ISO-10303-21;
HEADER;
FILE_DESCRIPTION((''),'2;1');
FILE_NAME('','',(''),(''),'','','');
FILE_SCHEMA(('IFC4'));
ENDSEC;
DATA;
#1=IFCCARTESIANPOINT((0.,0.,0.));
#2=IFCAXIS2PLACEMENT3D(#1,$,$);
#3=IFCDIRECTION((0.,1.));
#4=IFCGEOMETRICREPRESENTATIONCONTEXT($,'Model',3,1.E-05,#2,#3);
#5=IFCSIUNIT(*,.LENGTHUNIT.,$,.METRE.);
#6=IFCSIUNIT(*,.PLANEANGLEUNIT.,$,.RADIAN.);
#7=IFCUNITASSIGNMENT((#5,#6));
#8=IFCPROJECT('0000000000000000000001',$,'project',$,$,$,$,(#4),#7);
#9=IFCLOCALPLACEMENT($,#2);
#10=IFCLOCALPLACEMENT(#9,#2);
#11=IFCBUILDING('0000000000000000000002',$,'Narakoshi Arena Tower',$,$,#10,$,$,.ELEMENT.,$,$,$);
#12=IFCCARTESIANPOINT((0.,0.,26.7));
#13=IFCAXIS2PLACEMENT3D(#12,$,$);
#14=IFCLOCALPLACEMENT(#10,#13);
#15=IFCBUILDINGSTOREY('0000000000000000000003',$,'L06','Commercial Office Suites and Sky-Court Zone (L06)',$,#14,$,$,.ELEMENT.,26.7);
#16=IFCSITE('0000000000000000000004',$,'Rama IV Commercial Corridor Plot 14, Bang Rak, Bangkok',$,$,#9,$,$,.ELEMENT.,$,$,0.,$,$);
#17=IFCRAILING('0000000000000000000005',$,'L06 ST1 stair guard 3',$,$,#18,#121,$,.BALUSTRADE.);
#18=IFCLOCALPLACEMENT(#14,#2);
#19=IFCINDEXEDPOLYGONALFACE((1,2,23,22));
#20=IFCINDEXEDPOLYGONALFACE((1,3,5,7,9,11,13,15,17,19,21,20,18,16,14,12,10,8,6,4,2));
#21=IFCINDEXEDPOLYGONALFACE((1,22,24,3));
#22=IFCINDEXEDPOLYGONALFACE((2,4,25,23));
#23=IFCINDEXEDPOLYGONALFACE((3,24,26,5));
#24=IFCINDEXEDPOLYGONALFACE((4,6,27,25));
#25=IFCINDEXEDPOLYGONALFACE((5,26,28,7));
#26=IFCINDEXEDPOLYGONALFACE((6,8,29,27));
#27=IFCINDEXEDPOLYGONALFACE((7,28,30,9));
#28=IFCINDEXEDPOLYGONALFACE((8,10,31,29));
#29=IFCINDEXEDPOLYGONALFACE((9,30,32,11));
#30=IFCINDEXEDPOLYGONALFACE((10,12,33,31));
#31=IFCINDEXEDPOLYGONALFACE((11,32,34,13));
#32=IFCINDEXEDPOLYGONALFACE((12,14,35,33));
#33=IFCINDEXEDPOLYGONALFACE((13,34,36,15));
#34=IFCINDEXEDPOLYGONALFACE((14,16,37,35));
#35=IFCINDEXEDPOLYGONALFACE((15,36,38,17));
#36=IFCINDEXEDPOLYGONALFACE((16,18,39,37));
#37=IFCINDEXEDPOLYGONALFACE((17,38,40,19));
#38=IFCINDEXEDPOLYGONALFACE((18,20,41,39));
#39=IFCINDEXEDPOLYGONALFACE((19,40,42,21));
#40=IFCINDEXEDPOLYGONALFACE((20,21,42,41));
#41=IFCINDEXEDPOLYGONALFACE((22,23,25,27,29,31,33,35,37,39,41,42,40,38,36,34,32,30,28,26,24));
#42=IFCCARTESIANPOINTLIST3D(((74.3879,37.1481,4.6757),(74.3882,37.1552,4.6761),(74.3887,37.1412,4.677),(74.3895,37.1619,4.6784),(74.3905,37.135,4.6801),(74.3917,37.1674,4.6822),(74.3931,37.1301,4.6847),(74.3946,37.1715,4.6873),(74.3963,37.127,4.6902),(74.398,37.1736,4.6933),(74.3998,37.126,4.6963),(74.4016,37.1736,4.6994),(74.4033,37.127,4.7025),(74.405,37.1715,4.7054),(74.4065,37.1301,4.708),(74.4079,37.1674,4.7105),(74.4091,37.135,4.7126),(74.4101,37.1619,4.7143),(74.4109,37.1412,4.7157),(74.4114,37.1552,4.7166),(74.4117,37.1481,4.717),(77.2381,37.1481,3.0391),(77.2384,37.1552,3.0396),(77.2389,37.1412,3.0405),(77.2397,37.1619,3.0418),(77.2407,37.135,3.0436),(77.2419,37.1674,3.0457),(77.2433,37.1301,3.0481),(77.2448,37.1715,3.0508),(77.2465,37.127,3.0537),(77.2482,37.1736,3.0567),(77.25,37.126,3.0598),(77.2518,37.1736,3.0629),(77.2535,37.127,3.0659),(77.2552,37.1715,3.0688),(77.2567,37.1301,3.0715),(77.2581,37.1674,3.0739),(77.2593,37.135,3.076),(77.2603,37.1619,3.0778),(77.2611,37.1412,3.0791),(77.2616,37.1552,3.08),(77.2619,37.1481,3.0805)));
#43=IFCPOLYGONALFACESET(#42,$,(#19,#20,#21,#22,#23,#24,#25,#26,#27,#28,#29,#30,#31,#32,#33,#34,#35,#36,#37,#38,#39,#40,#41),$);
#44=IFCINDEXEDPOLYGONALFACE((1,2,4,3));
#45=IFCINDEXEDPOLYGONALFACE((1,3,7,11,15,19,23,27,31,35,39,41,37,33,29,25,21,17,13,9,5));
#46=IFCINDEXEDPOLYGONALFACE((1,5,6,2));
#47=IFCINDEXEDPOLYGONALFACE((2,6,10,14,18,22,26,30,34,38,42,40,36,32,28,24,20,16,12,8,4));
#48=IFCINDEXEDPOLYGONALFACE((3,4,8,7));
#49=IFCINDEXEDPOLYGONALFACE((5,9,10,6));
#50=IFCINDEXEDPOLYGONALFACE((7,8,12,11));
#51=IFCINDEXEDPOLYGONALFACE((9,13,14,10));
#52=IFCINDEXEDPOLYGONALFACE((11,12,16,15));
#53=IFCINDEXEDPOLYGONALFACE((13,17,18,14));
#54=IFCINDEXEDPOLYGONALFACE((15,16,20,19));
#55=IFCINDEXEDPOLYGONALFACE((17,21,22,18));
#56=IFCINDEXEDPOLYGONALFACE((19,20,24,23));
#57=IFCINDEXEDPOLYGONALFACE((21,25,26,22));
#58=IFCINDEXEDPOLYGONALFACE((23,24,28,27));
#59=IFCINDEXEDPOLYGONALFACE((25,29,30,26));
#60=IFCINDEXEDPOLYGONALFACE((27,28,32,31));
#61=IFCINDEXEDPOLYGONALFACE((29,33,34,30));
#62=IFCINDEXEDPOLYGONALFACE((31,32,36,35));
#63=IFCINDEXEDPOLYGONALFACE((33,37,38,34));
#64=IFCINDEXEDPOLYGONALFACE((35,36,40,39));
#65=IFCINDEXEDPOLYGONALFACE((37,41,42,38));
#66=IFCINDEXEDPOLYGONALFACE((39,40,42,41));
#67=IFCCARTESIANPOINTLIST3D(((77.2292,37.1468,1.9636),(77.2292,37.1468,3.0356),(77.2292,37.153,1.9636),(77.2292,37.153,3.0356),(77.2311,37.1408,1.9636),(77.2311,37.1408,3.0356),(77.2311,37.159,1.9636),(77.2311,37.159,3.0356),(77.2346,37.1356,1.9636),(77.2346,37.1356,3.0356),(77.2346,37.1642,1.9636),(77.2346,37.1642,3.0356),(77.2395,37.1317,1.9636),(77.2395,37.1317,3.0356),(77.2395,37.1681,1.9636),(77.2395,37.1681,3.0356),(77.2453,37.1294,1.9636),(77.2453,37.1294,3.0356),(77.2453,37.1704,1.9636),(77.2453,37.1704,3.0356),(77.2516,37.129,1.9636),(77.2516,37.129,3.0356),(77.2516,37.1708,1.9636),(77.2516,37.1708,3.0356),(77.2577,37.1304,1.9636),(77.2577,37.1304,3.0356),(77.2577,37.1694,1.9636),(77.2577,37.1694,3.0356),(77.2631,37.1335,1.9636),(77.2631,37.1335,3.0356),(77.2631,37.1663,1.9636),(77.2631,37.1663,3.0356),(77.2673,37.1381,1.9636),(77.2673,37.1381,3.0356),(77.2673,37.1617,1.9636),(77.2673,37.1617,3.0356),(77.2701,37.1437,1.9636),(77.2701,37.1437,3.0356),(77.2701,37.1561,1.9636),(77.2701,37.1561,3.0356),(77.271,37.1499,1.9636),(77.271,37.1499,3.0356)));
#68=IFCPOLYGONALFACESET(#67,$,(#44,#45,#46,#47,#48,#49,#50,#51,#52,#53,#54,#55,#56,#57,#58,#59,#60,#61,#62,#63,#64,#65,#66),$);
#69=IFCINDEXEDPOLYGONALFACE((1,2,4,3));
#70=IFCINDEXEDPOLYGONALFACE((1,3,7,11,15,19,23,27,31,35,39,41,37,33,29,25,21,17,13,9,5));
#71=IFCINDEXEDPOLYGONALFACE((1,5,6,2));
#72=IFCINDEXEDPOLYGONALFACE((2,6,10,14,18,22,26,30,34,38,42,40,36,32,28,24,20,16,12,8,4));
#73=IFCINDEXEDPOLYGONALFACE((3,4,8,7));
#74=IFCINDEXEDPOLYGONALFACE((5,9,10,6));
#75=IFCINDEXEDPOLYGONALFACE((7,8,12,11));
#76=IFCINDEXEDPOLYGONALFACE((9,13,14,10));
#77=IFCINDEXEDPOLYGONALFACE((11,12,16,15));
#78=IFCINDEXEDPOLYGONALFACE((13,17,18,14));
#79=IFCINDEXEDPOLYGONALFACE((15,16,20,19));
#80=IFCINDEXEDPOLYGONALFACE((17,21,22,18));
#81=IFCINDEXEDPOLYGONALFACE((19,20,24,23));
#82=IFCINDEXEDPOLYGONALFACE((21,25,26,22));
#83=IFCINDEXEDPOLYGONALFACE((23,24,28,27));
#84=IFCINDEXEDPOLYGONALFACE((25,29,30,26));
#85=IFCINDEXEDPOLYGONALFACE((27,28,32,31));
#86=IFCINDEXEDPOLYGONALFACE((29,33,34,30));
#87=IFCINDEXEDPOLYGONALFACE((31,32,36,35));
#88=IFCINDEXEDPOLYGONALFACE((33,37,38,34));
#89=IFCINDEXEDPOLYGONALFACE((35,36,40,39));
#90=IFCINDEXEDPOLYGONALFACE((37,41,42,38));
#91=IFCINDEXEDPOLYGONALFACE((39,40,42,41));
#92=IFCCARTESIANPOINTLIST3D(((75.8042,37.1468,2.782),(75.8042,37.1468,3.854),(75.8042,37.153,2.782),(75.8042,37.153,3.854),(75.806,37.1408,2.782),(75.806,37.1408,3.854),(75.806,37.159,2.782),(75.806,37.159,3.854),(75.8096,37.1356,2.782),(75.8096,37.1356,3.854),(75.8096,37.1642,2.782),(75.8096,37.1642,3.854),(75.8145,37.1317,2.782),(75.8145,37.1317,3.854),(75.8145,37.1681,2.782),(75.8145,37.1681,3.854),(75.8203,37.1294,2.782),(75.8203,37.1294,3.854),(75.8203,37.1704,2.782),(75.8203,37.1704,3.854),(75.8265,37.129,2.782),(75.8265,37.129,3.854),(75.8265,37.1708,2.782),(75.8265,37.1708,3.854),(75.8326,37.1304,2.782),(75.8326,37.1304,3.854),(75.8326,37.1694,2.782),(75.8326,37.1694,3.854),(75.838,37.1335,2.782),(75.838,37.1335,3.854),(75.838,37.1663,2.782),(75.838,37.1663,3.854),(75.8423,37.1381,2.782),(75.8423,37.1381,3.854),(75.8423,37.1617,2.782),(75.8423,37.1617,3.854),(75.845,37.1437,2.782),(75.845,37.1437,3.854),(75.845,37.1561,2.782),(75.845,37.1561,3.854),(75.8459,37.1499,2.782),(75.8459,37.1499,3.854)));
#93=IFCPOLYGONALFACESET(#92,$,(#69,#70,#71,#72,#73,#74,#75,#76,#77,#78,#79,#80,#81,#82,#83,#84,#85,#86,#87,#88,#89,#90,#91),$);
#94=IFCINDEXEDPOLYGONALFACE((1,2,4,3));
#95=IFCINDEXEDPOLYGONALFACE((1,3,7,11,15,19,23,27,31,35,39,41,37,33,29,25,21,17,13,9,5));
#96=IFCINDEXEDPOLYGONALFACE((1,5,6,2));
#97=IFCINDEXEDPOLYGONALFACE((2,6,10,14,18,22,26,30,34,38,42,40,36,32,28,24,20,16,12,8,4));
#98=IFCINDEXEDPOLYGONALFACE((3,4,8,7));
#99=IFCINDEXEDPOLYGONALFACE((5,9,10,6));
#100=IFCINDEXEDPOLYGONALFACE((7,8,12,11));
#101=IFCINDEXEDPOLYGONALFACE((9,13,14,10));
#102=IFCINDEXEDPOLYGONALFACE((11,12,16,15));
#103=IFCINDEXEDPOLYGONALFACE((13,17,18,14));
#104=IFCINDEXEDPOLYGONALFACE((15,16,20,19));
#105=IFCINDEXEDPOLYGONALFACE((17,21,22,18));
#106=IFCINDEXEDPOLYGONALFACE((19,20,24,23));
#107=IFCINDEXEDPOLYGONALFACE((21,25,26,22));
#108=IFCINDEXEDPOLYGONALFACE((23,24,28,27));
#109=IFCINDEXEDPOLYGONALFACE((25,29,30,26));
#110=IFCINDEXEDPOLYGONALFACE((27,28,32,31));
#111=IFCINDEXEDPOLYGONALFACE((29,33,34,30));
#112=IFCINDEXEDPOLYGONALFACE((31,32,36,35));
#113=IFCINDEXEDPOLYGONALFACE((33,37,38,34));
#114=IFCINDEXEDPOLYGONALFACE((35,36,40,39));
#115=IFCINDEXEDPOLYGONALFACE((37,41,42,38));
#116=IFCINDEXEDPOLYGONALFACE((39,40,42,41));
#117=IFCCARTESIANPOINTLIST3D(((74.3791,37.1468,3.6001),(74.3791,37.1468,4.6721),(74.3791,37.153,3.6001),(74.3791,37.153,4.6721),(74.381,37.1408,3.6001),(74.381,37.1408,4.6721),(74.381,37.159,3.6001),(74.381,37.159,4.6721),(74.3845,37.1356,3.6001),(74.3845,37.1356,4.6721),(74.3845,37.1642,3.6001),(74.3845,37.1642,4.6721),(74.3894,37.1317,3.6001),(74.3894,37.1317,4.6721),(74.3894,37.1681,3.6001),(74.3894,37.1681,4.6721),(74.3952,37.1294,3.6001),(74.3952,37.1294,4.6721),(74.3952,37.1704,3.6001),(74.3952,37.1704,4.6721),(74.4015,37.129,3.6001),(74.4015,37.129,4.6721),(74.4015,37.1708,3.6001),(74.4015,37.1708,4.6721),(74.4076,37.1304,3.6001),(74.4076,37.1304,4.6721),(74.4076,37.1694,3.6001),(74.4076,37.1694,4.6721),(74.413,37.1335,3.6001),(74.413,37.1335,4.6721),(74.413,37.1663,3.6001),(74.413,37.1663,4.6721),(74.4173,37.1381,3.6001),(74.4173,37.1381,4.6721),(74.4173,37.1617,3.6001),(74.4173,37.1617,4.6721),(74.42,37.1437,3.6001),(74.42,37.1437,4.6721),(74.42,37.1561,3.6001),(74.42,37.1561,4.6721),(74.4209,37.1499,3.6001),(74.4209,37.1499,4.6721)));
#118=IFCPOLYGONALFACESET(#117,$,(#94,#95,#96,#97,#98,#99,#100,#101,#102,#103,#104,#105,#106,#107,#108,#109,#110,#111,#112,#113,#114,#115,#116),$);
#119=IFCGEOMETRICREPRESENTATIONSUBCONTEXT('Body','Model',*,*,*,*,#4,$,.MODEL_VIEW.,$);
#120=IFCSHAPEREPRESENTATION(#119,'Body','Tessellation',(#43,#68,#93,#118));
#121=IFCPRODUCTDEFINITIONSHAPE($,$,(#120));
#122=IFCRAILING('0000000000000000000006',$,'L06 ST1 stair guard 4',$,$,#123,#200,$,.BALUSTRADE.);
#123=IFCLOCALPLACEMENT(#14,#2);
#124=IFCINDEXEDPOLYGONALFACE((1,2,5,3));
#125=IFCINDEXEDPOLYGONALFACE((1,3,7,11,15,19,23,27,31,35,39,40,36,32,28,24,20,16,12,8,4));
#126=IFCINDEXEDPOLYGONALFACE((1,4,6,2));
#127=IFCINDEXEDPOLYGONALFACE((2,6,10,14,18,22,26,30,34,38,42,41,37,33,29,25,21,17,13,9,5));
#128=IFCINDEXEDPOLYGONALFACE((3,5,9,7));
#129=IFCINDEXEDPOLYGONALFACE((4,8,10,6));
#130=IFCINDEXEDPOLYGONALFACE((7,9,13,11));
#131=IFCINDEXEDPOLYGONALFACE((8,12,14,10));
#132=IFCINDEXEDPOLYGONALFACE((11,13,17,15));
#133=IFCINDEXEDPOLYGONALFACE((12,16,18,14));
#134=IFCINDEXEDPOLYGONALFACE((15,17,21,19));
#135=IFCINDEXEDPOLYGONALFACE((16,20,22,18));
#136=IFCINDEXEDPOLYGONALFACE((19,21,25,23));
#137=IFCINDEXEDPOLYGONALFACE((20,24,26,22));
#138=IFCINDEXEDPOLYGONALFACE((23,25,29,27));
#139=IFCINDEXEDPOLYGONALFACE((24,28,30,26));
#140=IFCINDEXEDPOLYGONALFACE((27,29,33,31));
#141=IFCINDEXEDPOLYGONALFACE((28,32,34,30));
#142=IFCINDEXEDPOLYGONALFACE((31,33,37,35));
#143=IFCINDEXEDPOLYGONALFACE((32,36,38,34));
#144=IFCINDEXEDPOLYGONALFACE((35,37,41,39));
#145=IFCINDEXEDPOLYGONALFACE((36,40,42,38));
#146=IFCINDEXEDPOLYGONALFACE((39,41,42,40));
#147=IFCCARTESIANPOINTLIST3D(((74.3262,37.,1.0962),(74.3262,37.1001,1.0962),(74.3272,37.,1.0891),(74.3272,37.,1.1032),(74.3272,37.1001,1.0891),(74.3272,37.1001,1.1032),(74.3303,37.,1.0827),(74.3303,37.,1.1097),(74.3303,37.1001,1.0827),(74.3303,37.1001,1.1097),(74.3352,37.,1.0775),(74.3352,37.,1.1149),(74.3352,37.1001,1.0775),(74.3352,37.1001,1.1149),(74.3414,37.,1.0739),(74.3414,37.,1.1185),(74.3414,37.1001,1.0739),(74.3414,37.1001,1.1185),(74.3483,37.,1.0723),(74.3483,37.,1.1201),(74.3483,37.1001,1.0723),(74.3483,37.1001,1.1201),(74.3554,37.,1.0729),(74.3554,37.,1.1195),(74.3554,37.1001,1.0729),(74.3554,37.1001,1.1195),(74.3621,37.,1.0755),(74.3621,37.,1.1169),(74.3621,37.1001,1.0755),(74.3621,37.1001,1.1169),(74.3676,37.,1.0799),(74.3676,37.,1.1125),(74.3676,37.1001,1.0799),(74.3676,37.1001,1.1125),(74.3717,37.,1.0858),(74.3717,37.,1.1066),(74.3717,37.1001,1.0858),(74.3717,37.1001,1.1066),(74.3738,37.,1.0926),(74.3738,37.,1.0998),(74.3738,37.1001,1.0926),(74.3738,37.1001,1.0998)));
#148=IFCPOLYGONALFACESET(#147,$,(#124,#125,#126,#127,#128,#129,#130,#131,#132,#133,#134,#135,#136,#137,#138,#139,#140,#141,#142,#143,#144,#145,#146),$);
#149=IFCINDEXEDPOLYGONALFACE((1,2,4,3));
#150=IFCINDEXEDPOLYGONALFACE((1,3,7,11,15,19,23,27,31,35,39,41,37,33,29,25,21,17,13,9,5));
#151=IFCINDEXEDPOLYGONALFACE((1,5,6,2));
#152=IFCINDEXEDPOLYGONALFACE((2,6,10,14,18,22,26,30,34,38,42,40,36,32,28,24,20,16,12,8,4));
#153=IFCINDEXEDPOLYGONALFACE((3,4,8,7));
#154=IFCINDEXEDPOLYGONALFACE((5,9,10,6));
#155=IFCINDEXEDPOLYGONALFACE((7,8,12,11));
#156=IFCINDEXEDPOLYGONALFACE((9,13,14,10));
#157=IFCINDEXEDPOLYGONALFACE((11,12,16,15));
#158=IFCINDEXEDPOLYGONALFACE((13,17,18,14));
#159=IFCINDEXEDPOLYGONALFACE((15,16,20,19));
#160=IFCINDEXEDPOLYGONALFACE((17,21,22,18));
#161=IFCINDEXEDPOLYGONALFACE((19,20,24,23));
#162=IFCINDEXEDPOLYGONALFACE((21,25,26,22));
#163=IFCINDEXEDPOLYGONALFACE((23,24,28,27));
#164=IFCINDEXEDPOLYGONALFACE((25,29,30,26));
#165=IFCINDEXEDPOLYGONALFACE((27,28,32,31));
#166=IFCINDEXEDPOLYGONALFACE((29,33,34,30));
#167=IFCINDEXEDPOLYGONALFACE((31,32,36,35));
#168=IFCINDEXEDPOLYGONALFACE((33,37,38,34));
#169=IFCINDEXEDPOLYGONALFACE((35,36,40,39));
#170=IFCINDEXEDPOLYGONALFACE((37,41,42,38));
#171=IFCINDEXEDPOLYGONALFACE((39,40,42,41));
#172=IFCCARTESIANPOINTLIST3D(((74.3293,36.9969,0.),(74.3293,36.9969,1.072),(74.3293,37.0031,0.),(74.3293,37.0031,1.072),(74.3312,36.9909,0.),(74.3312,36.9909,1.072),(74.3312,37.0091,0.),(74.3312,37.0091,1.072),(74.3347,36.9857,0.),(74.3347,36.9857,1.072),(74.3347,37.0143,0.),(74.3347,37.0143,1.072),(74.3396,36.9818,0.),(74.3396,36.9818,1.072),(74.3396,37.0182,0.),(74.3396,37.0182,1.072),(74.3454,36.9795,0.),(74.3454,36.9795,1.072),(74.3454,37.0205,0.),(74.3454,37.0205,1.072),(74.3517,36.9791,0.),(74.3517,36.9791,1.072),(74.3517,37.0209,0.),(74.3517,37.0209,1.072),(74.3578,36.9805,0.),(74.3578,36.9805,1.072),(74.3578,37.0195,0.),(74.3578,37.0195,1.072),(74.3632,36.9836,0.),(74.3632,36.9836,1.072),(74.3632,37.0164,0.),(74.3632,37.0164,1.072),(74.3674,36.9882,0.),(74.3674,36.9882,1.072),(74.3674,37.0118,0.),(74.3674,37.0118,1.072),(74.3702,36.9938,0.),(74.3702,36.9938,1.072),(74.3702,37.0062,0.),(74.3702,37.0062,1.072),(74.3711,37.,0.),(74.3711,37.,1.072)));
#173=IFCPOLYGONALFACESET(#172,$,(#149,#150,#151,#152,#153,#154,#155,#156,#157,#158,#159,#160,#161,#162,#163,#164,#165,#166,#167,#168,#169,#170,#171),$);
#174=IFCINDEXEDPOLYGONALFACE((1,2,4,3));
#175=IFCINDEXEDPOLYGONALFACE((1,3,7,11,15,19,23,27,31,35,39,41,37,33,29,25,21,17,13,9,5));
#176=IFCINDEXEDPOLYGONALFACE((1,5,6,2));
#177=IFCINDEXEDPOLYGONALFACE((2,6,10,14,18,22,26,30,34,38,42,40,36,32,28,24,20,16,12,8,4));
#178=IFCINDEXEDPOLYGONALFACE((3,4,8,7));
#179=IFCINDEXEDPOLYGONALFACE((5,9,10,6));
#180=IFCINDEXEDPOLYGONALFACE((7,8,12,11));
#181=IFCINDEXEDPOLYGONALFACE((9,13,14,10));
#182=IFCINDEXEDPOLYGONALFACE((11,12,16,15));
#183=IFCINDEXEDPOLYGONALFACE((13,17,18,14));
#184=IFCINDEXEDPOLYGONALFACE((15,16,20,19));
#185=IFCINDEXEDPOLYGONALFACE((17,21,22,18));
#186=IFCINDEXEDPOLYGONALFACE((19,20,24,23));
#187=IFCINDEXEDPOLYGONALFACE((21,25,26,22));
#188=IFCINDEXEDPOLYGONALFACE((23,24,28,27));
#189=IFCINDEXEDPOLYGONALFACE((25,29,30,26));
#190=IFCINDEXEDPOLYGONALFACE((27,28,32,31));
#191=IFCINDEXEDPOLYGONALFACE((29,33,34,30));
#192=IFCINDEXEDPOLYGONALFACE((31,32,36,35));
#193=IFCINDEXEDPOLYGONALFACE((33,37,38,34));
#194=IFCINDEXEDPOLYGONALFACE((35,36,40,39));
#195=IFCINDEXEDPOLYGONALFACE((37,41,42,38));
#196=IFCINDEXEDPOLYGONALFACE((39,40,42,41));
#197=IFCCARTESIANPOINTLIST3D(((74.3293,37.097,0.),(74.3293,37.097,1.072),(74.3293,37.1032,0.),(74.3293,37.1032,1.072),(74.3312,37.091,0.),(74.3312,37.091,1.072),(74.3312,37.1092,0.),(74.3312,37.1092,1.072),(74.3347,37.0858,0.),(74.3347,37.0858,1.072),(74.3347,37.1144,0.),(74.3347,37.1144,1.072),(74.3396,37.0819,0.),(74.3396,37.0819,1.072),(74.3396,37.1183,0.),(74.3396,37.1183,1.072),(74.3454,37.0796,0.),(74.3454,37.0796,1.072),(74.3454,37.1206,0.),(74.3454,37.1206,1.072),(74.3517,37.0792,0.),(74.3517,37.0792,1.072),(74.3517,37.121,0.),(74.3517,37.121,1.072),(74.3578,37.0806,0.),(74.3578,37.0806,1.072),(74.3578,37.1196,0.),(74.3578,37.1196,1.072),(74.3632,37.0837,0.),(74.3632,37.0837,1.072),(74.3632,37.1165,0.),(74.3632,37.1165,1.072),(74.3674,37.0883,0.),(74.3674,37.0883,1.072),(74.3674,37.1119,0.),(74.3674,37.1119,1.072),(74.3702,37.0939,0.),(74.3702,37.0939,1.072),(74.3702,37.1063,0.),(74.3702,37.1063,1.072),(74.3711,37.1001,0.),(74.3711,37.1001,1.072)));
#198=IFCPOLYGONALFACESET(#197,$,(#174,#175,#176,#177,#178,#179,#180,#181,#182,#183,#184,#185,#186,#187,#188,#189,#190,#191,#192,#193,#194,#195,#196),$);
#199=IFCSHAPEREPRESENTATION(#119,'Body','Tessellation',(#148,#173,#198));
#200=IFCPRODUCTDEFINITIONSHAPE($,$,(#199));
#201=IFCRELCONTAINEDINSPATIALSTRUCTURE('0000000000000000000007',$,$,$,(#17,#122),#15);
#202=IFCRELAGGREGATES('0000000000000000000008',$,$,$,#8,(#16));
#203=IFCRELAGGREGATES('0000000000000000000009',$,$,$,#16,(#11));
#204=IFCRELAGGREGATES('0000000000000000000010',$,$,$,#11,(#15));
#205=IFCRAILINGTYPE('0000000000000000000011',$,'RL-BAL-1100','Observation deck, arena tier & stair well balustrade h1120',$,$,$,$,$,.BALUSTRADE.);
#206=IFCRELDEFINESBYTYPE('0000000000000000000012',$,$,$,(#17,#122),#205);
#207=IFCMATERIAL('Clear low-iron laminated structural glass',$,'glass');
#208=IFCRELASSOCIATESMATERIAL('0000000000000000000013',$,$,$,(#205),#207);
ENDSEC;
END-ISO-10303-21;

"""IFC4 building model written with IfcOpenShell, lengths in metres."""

from ifc_helpers import new_model, si_unit, direction, frame, origin, origin_2d, place, context, subcontext, project, spatial, circle, extrude, material, type_object, element, save


model = new_model("IFC4")

# Units and contexts
model_context = context("Model", 3, precision=1e-05, world=origin(), true_north=direction((0.0, 1.0)))
body_context = subcontext(model_context, "Body", "Model", "MODEL_VIEW")
ifc_project = project(units=[si_unit("LENGTHUNIT", "METRE"), si_unit("PLANEANGLEUNIT", "RADIAN")], contexts=[model_context])

# Site, building, storey
site_placement = place(None, origin())
site = spatial("IfcSite", under=ifc_project, at=site_placement, Name="Rama IV Commercial Corridor Plot 14, Bang Rak, Bangkok", CompositionType="ELEMENT", RefElevation=0.0)
building_placement = place(site_placement, origin())
building = spatial("IfcBuilding", under=site, at=building_placement, Name="Narakoshi Arena Tower", CompositionType="ELEMENT")
storey_placement = place(building_placement, frame((0.0, 0.0, 26.7)))
storey = spatial("IfcBuildingStorey", under=building, at=storey_placement, Name="L06", Description="Commercial Office Suites and Sky-Court Zone (L06)", CompositionType="ELEMENT", Elevation=26.7)

# Railings
ifc_material_1 = material(Name="Clear low-iron laminated structural glass", Category="glass")
railing_type_1 = type_object("IfcRailingType", Name="RL-BAL-1100", Description="Observation deck, arena tier & stair well balustrade h1120", PredefinedType="BALUSTRADE", material=ifc_material_1)
railing_1_placement = place(storey_placement, frame((77.25, 37.1499, 1.9636)))
element("IfcRailing", 1, at=railing_1_placement, inside=storey, type_object=railing_type_1, Name="L06 ST1 stair guard 3", PredefinedType="BALUSTRADE", context=body_context, shape_type="SweptSolid", body=[
    extrude(circle(Radius=0.0239, at=origin_2d()), frame((0.0, 0.0, 1.0962), z_axis=(-0.867213, 0.0, 0.497938), x_axis=(0.0, -1.0, 0.0)), (0.0, 0.0, 1.0), 3.2866),
    extrude(circle(Radius=0.021, at=origin_2d()), origin(), (0.0, 0.0, 1.0), 1.072),
    extrude(circle(Radius=0.021, at=origin_2d()), frame((-1.425, 0.0, 0.8184)), (0.0, 0.0, 1.0), 1.072),
    extrude(circle(Radius=0.021, at=origin_2d()), frame((-2.8501, 0.0, 1.6365)), (0.0, 0.0, 1.0), 1.072),
])
railing_2_placement = place(storey_placement, frame((74.3501, 37.0, 0.0)))
element("IfcRailing", 2, at=railing_2_placement, inside=storey, type_object=railing_type_1, Name="L06 ST1 stair guard 4", PredefinedType="BALUSTRADE", context=body_context, shape_type="SweptSolid", body=[
    extrude(circle(Radius=0.0239, at=origin_2d()), frame((0.0, 0.0, 1.0962), z_axis=(0.0, 1.0, 0.0), x_axis=(-1.0, 0.0, 0.0)), (0.0, 0.0, 1.0), 0.1001),
    extrude(circle(Radius=0.021, at=origin_2d()), origin(), (0.0, 0.0, 1.0), 1.072),
    extrude(circle(Radius=0.021, at=origin_2d()), frame((0.0, 0.1001, 0.0)), (0.0, 0.0, 1.0), 1.072),
])

save(model, "model.ifc")
